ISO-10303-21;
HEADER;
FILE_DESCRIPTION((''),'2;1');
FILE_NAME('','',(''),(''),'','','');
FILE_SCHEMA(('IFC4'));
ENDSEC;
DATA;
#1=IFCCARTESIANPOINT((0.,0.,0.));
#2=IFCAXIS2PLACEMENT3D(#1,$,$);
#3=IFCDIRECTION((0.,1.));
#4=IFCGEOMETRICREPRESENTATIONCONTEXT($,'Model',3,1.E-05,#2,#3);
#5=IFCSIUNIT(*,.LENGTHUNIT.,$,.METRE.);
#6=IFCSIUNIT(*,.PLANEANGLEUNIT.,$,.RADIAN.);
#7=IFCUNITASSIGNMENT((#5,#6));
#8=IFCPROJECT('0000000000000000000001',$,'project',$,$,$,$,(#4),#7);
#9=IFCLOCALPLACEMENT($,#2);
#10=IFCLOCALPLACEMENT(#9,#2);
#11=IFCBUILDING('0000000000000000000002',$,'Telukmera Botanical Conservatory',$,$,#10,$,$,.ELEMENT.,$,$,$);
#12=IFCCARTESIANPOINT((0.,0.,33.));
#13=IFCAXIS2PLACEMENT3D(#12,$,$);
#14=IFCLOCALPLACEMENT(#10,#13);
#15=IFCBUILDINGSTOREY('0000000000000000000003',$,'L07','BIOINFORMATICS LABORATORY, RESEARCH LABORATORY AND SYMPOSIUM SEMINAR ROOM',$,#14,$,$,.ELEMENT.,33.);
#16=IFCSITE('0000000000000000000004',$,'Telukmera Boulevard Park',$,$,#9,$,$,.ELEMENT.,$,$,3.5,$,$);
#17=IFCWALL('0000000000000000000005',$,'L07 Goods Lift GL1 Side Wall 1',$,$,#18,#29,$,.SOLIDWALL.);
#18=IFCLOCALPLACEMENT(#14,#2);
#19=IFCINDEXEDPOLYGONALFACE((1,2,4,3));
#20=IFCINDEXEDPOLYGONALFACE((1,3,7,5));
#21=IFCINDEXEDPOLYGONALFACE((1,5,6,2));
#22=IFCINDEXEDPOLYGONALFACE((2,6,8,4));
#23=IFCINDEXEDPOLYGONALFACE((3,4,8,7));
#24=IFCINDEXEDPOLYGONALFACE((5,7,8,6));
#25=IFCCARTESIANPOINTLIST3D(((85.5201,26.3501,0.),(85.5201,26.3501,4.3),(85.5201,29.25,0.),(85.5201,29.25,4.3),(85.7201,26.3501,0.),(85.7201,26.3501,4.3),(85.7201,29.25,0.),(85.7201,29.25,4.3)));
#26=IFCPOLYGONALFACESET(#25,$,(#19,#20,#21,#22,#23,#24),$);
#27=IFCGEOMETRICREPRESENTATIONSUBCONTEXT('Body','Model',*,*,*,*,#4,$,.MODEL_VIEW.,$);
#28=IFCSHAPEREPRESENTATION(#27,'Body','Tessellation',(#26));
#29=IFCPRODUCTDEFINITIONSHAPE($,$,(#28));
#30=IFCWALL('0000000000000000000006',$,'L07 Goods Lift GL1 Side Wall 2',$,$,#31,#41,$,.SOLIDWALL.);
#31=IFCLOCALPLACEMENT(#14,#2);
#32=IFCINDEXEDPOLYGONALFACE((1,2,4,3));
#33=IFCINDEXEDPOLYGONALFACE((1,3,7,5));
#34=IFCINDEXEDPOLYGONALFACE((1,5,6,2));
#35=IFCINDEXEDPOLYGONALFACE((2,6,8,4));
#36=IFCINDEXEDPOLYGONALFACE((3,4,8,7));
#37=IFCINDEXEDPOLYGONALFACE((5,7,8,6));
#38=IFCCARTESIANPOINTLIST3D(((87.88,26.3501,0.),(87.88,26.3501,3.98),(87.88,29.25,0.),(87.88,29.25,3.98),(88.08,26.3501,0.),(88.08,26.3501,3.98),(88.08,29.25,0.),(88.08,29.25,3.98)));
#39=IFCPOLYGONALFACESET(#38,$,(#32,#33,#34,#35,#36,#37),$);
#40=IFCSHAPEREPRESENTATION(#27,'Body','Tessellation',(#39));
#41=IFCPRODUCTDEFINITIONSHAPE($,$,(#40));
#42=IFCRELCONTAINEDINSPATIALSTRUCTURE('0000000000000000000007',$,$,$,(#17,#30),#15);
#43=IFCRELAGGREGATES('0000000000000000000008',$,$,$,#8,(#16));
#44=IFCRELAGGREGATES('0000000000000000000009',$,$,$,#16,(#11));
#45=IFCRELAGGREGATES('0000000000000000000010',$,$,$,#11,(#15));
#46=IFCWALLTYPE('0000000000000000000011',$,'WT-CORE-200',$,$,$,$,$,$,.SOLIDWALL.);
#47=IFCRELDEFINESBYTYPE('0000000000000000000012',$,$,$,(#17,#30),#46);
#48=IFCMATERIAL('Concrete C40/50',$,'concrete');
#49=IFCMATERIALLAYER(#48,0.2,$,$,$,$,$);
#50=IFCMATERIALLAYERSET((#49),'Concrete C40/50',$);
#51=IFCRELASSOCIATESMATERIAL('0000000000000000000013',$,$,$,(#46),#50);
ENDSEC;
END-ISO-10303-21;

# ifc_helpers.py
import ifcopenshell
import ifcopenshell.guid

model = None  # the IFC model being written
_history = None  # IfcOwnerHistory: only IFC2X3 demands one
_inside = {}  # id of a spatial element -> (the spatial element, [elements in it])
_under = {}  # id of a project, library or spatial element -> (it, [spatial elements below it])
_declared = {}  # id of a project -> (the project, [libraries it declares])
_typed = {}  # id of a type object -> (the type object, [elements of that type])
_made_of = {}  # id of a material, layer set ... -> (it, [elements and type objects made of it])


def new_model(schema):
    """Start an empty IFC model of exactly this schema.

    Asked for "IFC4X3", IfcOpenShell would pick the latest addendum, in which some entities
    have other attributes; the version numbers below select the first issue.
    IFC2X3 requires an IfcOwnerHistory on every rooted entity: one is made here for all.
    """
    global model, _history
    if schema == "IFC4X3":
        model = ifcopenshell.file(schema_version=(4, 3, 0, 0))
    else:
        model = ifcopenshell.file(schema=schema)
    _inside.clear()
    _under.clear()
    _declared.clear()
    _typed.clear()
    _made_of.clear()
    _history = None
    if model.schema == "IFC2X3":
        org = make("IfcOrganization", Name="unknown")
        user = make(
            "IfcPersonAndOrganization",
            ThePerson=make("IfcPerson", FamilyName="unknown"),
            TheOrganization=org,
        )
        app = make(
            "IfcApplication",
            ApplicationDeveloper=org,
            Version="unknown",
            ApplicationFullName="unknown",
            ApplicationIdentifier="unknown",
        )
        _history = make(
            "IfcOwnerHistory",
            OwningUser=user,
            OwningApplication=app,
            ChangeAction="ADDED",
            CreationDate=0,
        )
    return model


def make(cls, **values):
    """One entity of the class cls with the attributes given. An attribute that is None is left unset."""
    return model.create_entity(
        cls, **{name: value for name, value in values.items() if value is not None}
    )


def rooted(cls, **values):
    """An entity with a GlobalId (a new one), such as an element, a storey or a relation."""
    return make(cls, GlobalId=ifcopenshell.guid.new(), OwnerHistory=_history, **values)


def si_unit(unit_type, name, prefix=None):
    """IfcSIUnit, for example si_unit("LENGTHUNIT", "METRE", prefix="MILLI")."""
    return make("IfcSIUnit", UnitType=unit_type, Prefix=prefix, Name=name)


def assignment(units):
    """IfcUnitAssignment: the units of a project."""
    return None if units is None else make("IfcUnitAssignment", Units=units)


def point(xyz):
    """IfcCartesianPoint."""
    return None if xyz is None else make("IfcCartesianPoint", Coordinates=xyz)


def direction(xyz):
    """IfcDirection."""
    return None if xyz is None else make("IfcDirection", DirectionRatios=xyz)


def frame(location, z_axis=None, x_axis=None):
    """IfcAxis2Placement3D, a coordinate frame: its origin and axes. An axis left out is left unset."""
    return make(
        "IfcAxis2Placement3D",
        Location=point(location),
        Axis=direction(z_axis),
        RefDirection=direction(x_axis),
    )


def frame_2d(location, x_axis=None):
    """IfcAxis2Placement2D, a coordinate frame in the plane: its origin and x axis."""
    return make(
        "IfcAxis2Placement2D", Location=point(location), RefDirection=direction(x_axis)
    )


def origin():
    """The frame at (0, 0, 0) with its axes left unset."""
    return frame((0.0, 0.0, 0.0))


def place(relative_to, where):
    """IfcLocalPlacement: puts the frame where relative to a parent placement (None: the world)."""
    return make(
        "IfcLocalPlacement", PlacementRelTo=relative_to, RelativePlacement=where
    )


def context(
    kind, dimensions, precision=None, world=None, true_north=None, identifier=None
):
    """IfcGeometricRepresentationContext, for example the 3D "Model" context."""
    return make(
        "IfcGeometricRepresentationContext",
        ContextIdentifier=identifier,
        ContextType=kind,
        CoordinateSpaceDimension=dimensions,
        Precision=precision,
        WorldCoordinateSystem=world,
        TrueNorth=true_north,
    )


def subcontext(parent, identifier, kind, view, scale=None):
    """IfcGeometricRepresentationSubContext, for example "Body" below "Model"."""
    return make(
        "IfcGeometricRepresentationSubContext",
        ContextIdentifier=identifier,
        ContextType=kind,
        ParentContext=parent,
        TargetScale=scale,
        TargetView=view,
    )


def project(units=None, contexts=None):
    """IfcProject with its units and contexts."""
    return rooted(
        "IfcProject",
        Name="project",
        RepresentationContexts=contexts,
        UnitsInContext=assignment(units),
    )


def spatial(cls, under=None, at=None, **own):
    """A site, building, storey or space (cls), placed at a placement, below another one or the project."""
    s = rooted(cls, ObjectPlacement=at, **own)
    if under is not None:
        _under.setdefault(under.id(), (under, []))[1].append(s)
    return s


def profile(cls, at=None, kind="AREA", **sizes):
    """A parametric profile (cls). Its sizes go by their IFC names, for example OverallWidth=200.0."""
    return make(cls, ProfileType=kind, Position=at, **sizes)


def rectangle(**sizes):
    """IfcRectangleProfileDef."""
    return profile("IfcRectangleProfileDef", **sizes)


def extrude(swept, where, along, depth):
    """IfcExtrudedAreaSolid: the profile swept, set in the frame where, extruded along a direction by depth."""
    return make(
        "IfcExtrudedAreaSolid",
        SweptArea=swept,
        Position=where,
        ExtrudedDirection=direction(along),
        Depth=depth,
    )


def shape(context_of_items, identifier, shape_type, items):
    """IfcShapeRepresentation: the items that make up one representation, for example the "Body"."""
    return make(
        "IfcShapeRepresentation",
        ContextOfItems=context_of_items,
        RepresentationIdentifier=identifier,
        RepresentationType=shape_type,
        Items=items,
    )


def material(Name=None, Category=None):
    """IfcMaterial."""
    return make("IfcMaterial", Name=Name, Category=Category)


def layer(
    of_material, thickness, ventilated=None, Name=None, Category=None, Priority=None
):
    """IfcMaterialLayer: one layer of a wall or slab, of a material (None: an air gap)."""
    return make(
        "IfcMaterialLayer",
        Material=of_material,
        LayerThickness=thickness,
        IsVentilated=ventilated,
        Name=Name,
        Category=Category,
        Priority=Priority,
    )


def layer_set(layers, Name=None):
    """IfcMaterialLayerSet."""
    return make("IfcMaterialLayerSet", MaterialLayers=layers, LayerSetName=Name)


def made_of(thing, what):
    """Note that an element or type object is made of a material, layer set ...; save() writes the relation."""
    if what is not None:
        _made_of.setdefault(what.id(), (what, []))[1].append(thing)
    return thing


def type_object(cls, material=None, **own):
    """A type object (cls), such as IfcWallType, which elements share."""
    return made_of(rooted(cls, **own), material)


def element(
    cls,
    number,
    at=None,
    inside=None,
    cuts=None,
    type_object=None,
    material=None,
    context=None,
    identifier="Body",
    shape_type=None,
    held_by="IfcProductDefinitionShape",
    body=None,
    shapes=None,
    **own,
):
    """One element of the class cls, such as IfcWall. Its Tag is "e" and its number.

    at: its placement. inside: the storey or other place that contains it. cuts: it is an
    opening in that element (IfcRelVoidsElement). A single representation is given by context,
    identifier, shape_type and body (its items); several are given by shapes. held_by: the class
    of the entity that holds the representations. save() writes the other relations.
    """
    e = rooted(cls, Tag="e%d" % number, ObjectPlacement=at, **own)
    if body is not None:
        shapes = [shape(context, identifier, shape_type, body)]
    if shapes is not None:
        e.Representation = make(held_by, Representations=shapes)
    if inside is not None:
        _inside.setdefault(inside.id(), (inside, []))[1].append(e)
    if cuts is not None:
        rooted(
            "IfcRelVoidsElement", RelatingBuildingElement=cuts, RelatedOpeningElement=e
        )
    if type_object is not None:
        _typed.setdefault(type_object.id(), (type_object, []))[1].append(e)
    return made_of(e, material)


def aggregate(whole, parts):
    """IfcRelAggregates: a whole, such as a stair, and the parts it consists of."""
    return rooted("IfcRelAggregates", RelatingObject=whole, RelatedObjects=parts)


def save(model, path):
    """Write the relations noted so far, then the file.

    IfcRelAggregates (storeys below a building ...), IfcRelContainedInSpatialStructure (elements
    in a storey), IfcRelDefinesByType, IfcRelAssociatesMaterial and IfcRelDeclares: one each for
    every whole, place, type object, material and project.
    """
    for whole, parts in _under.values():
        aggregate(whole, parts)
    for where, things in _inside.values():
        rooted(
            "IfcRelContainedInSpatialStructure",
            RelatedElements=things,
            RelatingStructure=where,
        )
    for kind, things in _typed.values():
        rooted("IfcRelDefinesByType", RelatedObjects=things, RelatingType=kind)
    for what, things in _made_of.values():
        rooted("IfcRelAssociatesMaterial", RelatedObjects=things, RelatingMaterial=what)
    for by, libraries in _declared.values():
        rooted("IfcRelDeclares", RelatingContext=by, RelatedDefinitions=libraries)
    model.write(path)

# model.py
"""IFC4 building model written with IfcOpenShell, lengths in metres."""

from ifc_helpers import new_model, si_unit, direction, frame, frame_2d, origin, place, context, subcontext, project, spatial, rectangle, extrude, material, layer, layer_set, type_object, element, save


model = new_model("IFC4")

# Units and contexts
model_context = context("Model", 3, precision=1e-05, world=origin(), true_north=direction((0.0, 1.0)))
body_context = subcontext(model_context, "Body", "Model", "MODEL_VIEW")
ifc_project = project(units=[si_unit("LENGTHUNIT", "METRE"), si_unit("PLANEANGLEUNIT", "RADIAN")], contexts=[model_context])

# Site, building, storey
site_placement = place(None, origin())
site = spatial("IfcSite", under=ifc_project, at=site_placement, Name="Telukmera Boulevard Park", CompositionType="ELEMENT", RefElevation=3.5)
building_placement = place(site_placement, origin())
building = spatial("IfcBuilding", under=site, at=building_placement, Name="Telukmera Botanical Conservatory", CompositionType="ELEMENT")
storey_placement = place(building_placement, frame((0.0, 0.0, 33.0)))
storey = spatial("IfcBuildingStorey", under=building, at=storey_placement, Name="L07", Description="BIOINFORMATICS LABORATORY, RESEARCH LABORATORY AND SYMPOSIUM SEMINAR ROOM", CompositionType="ELEMENT", Elevation=33.0)

# Shared definitions
ifc_material_1 = material(Name="Concrete C40/50", Category="concrete")

# Shared definitions
ifc_layer = layer(ifc_material_1, 0.2)
ifc_layer_set = layer_set([ifc_layer], Name="Concrete C40/50")
wall_type = type_object("IfcWallType", Name="WT-CORE-200", PredefinedType="SOLIDWALL", material=ifc_layer_set)

# Walls
wall_1_placement = place(storey_placement, frame((85.6201, 26.3501, 0.0), z_axis=(0.0, 0.0, 1.0), x_axis=(0.0, 1.0, 0.0)))
element("IfcWall", 1, at=wall_1_placement, inside=storey, type_object=wall_type, Name="L07 Goods Lift GL1 Side Wall 1", PredefinedType="SOLIDWALL", context=body_context, shape_type="SweptSolid", body=[
    extrude(rectangle(XDim=2.8999, YDim=0.2, at=frame_2d((1.45, 0.0))), origin(), (0.0, 0.0, 1.0), 4.3),
])
wall_2_placement = place(storey_placement, frame((87.98, 26.3501, 0.0), z_axis=(0.0, 0.0, 1.0), x_axis=(0.0, 1.0, 0.0)))
element("IfcWall", 2, at=wall_2_placement, inside=storey, type_object=wall_type, Name="L07 Goods Lift GL1 Side Wall 2", PredefinedType="SOLIDWALL", context=body_context, shape_type="SweptSolid", body=[
    extrude(rectangle(XDim=2.8999, YDim=0.2, at=frame_2d((1.45, 0.0))), origin(), (0.0, 0.0, 1.0), 3.98),
])

save(model, "model.ifc")
